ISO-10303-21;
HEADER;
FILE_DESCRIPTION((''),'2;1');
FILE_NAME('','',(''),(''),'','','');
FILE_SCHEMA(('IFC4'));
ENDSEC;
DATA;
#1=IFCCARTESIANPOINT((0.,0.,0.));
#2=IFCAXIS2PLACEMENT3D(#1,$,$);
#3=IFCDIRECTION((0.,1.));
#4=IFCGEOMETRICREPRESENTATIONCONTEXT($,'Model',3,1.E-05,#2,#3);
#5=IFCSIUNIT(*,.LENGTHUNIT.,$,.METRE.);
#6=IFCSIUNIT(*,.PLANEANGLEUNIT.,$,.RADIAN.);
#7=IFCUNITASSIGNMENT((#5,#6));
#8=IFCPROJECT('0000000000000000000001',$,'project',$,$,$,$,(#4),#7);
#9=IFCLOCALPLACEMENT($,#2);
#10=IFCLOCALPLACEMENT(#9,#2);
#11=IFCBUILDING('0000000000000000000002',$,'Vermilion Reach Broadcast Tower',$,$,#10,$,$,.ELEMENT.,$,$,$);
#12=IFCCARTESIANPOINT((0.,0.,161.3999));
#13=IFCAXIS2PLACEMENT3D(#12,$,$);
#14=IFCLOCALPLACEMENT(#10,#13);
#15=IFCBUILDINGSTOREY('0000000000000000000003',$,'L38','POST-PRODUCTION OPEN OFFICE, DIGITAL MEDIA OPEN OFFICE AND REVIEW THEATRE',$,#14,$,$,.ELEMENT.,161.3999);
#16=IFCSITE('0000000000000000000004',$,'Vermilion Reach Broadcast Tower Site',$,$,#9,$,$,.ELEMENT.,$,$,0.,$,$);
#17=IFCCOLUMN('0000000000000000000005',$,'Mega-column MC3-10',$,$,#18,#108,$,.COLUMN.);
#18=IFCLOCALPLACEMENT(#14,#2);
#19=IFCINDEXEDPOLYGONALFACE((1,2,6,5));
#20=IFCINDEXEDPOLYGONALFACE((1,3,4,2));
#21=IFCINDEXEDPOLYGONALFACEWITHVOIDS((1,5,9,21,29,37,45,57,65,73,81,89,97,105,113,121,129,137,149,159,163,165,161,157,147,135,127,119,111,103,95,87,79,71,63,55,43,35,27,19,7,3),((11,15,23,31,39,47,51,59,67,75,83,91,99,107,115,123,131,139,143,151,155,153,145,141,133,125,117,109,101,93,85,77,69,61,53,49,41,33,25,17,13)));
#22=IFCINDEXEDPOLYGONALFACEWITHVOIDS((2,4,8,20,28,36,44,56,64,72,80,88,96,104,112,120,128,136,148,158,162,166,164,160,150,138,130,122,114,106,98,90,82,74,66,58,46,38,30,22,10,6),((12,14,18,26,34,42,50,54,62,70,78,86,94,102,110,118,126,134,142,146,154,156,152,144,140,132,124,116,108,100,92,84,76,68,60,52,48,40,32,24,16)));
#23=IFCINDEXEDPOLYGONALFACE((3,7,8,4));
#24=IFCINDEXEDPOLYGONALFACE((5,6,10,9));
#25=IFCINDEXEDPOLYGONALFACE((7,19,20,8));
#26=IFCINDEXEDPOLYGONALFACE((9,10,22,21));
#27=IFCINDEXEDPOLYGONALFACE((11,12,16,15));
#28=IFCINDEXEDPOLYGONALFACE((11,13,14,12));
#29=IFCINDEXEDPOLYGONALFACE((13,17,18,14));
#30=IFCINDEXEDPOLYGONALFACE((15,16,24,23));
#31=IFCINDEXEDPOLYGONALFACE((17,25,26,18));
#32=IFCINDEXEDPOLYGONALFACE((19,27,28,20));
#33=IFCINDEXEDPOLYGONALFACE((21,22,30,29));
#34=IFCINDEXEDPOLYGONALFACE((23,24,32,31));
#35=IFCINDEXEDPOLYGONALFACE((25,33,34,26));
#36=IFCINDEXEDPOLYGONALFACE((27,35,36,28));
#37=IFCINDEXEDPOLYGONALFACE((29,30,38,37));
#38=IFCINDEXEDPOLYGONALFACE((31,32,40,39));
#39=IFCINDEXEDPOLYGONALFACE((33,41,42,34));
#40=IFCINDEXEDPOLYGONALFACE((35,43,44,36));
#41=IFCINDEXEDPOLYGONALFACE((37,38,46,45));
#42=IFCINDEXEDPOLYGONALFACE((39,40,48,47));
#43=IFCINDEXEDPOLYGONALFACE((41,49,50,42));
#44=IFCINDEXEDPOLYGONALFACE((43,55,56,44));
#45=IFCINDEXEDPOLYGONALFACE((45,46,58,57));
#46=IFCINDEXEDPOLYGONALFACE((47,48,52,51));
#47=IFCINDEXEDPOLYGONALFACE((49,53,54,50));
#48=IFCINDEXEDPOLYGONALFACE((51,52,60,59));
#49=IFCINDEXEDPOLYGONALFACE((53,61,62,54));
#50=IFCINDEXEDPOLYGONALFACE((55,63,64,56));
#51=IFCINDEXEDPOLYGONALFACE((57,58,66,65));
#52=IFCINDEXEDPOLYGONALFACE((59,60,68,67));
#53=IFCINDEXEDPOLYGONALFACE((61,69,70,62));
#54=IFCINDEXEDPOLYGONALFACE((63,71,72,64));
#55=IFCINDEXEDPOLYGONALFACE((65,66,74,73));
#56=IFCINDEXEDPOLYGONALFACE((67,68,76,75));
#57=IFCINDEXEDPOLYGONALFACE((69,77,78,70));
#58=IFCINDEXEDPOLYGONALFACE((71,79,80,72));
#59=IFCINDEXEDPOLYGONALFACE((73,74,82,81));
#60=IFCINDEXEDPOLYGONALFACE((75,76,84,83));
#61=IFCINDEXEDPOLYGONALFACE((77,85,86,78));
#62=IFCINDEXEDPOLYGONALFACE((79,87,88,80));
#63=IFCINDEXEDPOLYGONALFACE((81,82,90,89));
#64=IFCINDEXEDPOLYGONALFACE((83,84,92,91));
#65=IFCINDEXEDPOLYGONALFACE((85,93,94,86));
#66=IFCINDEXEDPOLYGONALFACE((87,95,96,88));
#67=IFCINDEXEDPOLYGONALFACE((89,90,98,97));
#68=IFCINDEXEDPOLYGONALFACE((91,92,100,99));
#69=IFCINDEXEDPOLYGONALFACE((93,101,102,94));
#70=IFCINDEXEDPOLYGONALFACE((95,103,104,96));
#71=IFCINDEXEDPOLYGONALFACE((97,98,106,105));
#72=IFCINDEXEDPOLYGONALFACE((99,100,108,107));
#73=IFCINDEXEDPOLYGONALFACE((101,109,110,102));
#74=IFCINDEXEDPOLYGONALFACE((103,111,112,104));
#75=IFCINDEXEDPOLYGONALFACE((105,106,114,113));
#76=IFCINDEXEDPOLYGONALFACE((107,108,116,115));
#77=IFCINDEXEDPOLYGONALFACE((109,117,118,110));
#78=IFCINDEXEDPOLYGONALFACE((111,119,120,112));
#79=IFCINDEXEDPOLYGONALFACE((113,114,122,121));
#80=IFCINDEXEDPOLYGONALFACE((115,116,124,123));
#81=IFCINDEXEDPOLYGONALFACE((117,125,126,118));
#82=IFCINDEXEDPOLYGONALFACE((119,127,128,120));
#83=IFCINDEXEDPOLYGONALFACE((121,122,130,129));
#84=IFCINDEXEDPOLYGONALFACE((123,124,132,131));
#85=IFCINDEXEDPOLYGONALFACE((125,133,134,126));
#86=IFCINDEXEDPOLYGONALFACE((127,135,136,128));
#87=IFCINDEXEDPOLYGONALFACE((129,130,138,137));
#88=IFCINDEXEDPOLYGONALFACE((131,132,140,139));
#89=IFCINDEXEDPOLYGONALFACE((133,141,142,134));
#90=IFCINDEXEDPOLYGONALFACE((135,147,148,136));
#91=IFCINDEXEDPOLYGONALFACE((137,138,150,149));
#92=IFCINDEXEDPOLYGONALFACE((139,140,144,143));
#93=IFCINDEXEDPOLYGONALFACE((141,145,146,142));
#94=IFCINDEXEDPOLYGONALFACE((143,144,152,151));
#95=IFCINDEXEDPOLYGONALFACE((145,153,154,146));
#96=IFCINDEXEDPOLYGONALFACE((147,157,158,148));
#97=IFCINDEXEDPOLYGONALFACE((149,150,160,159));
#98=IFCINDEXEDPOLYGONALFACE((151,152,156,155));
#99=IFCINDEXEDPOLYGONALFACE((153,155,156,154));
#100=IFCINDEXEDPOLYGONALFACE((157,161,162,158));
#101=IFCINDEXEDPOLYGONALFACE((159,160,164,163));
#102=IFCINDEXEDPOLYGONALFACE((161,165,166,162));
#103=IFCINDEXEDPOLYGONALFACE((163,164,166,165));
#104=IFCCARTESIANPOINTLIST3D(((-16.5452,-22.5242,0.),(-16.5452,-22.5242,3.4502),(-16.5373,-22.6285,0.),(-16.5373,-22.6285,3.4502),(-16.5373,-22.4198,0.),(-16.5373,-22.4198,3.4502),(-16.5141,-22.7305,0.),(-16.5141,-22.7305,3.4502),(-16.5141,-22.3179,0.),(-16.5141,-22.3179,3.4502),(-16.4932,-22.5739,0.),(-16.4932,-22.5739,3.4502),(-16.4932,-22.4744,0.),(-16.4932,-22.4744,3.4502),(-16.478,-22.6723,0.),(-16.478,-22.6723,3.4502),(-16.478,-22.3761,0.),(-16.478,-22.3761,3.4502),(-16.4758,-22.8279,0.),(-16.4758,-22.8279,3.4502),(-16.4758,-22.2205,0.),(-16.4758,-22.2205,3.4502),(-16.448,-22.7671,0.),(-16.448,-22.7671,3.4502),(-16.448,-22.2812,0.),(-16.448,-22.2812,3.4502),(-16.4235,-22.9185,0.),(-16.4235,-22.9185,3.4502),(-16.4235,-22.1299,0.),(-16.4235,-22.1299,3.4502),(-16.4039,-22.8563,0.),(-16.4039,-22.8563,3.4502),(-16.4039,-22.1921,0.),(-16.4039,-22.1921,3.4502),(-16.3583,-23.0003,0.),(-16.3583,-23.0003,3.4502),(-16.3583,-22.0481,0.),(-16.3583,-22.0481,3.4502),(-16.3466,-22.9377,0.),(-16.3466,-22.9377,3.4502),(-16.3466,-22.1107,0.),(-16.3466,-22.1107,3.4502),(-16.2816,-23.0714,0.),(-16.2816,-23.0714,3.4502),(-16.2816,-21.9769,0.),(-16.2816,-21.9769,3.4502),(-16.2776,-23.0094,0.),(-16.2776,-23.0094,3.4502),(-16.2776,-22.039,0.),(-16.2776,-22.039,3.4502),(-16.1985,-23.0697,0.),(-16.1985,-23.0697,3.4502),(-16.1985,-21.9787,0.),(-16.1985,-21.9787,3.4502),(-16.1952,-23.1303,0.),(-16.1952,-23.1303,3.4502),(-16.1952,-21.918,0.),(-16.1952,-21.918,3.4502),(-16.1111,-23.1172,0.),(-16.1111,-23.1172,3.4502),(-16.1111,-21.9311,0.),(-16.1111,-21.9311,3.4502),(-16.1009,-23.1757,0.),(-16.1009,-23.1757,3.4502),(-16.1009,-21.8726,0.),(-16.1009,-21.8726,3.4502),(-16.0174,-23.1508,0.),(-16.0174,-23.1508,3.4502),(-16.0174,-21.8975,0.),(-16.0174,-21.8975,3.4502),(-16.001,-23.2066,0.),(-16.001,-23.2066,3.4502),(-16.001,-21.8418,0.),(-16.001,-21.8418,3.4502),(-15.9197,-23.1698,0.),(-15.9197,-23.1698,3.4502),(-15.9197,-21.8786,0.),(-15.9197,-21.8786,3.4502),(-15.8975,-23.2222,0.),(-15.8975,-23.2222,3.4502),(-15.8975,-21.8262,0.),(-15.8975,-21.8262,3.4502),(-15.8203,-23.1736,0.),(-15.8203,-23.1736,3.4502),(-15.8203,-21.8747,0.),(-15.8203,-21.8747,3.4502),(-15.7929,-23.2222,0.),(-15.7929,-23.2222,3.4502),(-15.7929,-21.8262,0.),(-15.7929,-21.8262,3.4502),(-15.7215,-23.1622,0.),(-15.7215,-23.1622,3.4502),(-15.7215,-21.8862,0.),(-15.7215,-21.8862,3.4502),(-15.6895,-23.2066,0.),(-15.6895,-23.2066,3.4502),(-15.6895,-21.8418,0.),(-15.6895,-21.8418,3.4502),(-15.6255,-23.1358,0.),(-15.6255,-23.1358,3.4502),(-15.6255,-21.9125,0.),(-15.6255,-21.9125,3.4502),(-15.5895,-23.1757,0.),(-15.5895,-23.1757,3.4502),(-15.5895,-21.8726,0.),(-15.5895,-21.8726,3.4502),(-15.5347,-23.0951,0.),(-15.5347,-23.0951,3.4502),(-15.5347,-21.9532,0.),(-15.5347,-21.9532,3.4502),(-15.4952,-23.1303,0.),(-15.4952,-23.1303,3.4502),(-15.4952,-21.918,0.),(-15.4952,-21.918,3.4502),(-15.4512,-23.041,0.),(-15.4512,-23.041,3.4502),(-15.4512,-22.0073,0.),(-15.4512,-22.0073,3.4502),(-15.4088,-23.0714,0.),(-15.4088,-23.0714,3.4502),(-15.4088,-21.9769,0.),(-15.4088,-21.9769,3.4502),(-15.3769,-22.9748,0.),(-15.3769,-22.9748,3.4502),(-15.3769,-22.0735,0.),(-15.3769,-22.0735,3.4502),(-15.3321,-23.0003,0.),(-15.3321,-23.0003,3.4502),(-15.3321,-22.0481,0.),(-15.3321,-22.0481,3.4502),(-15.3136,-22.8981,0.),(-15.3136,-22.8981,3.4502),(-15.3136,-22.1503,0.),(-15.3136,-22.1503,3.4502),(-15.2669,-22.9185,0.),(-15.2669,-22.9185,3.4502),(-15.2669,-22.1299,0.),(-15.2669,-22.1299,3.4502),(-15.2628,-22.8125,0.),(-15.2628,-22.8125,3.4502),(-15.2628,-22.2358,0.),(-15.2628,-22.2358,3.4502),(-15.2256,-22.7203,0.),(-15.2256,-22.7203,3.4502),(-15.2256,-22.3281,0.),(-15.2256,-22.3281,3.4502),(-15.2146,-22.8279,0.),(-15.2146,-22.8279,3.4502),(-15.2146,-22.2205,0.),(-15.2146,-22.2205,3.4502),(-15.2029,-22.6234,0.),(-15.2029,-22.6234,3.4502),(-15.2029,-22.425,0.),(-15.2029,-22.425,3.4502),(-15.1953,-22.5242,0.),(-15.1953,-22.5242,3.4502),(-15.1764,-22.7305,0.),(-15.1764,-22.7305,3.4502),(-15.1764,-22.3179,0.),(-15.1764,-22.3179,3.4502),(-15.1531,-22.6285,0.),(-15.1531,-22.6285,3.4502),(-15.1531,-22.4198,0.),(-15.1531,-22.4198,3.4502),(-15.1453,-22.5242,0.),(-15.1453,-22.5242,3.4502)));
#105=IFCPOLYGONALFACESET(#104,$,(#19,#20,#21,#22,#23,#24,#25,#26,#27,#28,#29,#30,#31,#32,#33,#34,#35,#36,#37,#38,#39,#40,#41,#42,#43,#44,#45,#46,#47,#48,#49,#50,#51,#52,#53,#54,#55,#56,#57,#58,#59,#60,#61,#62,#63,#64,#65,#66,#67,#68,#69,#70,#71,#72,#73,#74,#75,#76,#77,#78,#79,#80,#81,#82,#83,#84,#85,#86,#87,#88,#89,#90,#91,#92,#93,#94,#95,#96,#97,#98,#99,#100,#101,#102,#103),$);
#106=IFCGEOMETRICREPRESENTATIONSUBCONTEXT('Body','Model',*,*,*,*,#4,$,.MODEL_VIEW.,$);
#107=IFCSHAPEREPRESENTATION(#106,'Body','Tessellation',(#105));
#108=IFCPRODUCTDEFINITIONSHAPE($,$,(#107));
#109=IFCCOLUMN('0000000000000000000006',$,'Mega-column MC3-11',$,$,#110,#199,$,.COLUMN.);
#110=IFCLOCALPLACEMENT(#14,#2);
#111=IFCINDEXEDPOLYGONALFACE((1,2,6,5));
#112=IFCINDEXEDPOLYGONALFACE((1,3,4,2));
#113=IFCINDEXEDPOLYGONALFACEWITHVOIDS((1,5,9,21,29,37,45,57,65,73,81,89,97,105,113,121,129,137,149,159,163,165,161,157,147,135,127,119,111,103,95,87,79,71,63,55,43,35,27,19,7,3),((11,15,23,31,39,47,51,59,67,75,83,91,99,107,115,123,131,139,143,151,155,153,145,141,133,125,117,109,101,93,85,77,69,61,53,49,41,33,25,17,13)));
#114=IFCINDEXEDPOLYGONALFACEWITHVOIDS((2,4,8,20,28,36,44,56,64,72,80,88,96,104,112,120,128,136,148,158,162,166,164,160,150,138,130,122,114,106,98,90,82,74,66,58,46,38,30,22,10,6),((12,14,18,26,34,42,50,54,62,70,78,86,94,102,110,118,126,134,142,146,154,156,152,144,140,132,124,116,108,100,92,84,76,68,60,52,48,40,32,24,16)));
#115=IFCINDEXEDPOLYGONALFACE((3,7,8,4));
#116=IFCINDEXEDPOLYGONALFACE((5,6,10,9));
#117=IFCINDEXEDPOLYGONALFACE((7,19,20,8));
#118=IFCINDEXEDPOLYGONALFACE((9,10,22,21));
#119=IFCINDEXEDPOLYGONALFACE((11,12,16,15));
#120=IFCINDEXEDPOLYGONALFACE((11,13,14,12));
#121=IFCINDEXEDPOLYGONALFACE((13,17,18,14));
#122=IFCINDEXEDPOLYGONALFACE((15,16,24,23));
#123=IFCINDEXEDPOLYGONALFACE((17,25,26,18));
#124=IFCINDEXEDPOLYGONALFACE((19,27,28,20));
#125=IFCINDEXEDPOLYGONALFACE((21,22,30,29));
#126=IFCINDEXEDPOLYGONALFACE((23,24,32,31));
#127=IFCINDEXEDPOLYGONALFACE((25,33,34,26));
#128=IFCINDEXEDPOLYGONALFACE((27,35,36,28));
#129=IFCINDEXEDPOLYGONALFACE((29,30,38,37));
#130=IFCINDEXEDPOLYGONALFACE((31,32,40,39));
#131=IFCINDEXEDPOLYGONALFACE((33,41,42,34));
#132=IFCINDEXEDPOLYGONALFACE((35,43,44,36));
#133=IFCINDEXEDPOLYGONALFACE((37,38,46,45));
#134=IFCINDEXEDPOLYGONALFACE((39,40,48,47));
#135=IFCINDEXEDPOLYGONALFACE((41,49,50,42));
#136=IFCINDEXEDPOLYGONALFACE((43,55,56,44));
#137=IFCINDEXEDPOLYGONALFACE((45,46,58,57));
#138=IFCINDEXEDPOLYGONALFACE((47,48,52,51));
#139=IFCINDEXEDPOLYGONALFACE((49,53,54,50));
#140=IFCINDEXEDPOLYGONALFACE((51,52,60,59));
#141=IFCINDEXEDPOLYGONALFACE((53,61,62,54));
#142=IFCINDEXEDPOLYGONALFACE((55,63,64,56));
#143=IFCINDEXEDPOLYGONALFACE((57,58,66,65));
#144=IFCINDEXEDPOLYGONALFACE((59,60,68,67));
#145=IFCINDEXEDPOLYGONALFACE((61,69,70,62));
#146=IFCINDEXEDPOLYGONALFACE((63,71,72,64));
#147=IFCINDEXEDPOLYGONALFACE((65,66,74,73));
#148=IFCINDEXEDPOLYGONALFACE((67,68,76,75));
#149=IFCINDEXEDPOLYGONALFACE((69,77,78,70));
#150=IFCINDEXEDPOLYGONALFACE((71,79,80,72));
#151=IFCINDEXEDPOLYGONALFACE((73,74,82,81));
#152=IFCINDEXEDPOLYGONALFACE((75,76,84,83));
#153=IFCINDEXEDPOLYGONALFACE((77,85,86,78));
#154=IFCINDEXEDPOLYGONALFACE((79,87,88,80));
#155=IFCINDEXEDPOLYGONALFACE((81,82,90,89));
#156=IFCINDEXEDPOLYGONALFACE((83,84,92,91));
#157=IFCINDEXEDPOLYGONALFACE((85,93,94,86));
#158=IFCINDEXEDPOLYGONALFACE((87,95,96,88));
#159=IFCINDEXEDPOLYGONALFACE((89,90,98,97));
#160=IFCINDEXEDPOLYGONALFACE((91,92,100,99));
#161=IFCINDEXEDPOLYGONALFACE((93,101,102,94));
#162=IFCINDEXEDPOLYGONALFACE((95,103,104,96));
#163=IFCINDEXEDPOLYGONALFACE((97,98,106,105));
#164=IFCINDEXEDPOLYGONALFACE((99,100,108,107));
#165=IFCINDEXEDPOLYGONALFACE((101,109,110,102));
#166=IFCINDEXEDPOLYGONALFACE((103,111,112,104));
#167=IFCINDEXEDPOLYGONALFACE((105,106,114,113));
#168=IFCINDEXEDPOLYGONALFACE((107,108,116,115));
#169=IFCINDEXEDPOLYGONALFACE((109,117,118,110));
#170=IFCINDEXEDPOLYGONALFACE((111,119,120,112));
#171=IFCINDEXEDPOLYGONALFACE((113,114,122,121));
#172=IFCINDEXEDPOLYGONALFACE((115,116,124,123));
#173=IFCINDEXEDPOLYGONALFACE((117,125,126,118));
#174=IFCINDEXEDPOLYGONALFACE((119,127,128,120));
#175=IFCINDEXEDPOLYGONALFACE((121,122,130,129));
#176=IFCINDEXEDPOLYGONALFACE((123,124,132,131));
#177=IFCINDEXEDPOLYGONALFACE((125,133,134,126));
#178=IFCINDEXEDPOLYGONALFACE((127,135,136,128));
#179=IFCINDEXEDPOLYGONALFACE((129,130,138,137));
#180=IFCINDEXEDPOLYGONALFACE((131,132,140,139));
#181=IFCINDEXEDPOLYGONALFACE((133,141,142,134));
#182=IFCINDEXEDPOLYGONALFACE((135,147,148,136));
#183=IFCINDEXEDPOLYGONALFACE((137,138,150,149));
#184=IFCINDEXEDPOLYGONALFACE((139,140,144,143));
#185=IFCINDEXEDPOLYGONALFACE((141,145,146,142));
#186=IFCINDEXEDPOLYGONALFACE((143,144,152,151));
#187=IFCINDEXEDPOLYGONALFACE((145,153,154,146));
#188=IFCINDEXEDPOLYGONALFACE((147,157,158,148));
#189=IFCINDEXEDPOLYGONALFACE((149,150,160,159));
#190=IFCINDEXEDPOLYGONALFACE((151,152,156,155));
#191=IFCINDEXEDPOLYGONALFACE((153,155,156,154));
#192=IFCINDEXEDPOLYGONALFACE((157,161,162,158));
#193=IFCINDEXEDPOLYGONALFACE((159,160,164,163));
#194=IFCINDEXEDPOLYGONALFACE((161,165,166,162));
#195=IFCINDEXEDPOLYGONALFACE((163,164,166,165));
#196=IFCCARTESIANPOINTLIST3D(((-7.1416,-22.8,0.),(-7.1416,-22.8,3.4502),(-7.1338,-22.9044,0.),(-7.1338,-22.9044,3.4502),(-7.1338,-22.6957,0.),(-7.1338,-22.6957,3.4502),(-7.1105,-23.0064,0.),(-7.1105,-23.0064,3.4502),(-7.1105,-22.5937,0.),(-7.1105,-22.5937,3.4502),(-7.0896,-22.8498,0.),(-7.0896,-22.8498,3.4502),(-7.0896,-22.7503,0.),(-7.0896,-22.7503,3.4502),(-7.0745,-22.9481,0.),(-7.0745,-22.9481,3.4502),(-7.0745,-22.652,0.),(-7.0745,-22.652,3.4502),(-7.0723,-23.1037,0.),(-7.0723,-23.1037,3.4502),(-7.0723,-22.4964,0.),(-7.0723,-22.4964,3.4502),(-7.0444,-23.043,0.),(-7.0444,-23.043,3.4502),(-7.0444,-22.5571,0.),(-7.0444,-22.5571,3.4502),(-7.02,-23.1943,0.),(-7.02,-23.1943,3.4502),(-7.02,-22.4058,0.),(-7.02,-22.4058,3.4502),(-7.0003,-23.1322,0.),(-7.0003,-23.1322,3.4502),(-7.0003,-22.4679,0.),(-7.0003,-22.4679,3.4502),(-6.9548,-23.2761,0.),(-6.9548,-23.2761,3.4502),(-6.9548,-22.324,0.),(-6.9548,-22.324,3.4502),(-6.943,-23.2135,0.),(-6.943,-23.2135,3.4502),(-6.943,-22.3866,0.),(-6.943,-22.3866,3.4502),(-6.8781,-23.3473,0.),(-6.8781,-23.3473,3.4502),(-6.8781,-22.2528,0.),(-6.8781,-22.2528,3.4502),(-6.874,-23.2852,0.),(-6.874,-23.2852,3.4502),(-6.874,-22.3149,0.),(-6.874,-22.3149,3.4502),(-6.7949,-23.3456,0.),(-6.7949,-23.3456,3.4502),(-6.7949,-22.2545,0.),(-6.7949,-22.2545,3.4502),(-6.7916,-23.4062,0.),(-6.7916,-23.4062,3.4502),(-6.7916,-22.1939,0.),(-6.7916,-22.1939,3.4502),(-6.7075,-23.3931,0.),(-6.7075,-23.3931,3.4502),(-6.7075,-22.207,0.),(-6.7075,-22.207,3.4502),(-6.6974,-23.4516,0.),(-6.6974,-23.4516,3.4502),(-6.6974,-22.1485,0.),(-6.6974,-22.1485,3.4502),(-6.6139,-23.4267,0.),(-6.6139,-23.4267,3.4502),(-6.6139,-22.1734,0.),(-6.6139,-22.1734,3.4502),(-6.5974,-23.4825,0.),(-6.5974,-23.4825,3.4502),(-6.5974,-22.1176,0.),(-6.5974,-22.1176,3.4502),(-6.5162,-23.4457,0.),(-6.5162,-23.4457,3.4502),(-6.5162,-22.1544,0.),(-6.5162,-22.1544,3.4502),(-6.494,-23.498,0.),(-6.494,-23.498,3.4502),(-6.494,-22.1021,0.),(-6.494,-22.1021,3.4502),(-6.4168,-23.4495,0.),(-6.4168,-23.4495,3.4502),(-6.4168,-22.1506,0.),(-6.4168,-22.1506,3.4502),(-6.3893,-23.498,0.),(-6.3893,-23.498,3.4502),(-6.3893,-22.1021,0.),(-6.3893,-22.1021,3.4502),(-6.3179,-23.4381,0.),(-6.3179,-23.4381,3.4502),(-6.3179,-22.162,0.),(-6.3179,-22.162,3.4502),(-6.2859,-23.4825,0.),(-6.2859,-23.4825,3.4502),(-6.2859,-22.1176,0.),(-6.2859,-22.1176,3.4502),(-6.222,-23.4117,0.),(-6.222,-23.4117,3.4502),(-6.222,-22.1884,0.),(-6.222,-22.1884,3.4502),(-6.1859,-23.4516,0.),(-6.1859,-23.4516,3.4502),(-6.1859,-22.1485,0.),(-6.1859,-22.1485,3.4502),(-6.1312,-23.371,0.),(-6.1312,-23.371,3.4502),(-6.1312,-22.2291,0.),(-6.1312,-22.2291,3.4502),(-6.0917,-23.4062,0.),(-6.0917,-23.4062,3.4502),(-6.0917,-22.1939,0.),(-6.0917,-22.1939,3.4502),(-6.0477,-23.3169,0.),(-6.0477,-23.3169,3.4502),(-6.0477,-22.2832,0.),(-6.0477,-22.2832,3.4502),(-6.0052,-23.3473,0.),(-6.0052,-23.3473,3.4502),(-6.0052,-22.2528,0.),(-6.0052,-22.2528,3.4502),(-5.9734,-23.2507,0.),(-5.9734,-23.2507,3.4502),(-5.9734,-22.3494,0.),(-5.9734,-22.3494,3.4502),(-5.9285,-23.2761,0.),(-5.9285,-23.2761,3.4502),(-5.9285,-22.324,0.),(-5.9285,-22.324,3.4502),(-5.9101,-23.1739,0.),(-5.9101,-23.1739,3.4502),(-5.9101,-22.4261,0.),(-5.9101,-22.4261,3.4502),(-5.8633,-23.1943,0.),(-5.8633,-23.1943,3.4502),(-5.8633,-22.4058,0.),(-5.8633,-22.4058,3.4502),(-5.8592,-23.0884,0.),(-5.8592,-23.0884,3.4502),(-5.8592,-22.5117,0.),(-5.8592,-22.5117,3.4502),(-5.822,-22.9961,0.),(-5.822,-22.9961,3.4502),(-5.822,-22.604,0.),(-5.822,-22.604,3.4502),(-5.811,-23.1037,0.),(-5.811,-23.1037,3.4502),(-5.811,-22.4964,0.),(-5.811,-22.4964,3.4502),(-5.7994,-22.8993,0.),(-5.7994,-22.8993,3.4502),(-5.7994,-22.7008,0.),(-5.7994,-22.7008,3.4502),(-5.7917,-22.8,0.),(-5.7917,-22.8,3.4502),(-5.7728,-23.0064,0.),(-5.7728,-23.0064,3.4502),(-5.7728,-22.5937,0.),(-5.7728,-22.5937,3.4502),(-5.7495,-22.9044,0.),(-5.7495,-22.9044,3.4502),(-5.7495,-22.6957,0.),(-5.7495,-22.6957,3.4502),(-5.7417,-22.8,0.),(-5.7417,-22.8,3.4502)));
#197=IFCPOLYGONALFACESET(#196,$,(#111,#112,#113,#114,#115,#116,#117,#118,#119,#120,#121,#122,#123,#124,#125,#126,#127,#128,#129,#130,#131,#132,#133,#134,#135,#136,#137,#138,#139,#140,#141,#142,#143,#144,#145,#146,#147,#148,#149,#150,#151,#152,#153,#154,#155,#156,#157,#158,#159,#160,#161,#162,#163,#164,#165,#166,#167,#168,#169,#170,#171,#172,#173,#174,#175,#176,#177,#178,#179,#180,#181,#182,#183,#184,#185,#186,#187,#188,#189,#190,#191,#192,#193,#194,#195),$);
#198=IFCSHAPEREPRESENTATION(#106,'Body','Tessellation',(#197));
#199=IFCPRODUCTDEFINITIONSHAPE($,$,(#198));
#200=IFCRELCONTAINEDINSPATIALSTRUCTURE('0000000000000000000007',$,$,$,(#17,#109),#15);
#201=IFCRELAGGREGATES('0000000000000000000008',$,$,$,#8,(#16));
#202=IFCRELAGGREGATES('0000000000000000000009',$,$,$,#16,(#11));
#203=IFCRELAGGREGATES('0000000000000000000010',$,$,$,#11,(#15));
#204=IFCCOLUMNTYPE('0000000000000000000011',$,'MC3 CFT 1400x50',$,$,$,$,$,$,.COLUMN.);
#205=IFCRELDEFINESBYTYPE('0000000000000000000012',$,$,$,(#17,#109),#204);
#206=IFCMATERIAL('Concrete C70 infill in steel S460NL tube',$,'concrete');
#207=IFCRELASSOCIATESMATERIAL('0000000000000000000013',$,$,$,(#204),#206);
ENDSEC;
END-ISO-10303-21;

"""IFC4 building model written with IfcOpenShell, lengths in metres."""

from ifc_helpers import new_model, si_unit, direction, frame, origin, origin_2d, place, context, subcontext, project, spatial, hollow_circle, extrude, material, material_profile, profile_set, type_object, element, save


model = new_model("IFC4")

# Units and contexts
model_context = context("Model", 3, precision=1e-05, world=origin(), true_north=direction((0.0, 1.0)))
body_context = subcontext(model_context, "Body", "Model", "MODEL_VIEW")
ifc_project = project(units=[si_unit("LENGTHUNIT", "METRE"), si_unit("PLANEANGLEUNIT", "RADIAN")], contexts=[model_context])

# Site, building, storey
site_placement = place(None, origin())
site = spatial("IfcSite", under=ifc_project, at=site_placement, Name="Vermilion Reach Broadcast Tower Site", CompositionType="ELEMENT", RefElevation=0.0)
building_placement = place(site_placement, origin())
building = spatial("IfcBuilding", under=site, at=building_placement, Name="Vermilion Reach Broadcast Tower", CompositionType="ELEMENT")
storey_placement = place(building_placement, frame((0.0, 0.0, 161.3999)))
storey = spatial("IfcBuildingStorey", under=building, at=storey_placement, Name="L38", Description="POST-PRODUCTION OPEN OFFICE, DIGITAL MEDIA OPEN OFFICE AND REVIEW THEATRE", CompositionType="ELEMENT", Elevation=161.3999)

# Columns
ifc_material_1 = material(Name="Concrete C70 infill in steel S460NL tube", Category="concrete")
ifc_material_profile_1 = material_profile(ifc_material_1, hollow_circle(Radius=0.7, WallThickness=0.05, at=origin_2d()), Name="Concrete C70 infill in steel S460NL tube CFT 1400x50")
ifc_profile_set_1 = profile_set([ifc_material_profile_1], Name="Concrete C70 infill in steel S460NL tube")
column_type = type_object("IfcColumnType", Name="MC3 CFT 1400x50", PredefinedType="COLUMN", material=ifc_profile_set_1)
for number, where, z_axis, x_axis, name in (
    (1, (-15.8452, -22.5242, 0.0), (0.0, 0.0, 1.0), (1.0, 0.0, 0.0), "Mega-column MC3-10"),
    (2, (-6.4417, -22.8, 0.0), (0.0, 0.0, 1.0), (1.0, 0.0, 0.0), "Mega-column MC3-11"),
):
    element("IfcColumn", number, at=place(storey_placement, frame(where, z_axis=z_axis, x_axis=x_axis)), inside=storey, type_object=column_type, Name=name, PredefinedType="COLUMN", context=body_context, shape_type="SweptSolid", body=[
        extrude(hollow_circle(Radius=0.7, WallThickness=0.05, at=origin_2d()), origin(), (0.0, 0.0, 1.0), 3.4502),
    ])

save(model, "model.ifc")
